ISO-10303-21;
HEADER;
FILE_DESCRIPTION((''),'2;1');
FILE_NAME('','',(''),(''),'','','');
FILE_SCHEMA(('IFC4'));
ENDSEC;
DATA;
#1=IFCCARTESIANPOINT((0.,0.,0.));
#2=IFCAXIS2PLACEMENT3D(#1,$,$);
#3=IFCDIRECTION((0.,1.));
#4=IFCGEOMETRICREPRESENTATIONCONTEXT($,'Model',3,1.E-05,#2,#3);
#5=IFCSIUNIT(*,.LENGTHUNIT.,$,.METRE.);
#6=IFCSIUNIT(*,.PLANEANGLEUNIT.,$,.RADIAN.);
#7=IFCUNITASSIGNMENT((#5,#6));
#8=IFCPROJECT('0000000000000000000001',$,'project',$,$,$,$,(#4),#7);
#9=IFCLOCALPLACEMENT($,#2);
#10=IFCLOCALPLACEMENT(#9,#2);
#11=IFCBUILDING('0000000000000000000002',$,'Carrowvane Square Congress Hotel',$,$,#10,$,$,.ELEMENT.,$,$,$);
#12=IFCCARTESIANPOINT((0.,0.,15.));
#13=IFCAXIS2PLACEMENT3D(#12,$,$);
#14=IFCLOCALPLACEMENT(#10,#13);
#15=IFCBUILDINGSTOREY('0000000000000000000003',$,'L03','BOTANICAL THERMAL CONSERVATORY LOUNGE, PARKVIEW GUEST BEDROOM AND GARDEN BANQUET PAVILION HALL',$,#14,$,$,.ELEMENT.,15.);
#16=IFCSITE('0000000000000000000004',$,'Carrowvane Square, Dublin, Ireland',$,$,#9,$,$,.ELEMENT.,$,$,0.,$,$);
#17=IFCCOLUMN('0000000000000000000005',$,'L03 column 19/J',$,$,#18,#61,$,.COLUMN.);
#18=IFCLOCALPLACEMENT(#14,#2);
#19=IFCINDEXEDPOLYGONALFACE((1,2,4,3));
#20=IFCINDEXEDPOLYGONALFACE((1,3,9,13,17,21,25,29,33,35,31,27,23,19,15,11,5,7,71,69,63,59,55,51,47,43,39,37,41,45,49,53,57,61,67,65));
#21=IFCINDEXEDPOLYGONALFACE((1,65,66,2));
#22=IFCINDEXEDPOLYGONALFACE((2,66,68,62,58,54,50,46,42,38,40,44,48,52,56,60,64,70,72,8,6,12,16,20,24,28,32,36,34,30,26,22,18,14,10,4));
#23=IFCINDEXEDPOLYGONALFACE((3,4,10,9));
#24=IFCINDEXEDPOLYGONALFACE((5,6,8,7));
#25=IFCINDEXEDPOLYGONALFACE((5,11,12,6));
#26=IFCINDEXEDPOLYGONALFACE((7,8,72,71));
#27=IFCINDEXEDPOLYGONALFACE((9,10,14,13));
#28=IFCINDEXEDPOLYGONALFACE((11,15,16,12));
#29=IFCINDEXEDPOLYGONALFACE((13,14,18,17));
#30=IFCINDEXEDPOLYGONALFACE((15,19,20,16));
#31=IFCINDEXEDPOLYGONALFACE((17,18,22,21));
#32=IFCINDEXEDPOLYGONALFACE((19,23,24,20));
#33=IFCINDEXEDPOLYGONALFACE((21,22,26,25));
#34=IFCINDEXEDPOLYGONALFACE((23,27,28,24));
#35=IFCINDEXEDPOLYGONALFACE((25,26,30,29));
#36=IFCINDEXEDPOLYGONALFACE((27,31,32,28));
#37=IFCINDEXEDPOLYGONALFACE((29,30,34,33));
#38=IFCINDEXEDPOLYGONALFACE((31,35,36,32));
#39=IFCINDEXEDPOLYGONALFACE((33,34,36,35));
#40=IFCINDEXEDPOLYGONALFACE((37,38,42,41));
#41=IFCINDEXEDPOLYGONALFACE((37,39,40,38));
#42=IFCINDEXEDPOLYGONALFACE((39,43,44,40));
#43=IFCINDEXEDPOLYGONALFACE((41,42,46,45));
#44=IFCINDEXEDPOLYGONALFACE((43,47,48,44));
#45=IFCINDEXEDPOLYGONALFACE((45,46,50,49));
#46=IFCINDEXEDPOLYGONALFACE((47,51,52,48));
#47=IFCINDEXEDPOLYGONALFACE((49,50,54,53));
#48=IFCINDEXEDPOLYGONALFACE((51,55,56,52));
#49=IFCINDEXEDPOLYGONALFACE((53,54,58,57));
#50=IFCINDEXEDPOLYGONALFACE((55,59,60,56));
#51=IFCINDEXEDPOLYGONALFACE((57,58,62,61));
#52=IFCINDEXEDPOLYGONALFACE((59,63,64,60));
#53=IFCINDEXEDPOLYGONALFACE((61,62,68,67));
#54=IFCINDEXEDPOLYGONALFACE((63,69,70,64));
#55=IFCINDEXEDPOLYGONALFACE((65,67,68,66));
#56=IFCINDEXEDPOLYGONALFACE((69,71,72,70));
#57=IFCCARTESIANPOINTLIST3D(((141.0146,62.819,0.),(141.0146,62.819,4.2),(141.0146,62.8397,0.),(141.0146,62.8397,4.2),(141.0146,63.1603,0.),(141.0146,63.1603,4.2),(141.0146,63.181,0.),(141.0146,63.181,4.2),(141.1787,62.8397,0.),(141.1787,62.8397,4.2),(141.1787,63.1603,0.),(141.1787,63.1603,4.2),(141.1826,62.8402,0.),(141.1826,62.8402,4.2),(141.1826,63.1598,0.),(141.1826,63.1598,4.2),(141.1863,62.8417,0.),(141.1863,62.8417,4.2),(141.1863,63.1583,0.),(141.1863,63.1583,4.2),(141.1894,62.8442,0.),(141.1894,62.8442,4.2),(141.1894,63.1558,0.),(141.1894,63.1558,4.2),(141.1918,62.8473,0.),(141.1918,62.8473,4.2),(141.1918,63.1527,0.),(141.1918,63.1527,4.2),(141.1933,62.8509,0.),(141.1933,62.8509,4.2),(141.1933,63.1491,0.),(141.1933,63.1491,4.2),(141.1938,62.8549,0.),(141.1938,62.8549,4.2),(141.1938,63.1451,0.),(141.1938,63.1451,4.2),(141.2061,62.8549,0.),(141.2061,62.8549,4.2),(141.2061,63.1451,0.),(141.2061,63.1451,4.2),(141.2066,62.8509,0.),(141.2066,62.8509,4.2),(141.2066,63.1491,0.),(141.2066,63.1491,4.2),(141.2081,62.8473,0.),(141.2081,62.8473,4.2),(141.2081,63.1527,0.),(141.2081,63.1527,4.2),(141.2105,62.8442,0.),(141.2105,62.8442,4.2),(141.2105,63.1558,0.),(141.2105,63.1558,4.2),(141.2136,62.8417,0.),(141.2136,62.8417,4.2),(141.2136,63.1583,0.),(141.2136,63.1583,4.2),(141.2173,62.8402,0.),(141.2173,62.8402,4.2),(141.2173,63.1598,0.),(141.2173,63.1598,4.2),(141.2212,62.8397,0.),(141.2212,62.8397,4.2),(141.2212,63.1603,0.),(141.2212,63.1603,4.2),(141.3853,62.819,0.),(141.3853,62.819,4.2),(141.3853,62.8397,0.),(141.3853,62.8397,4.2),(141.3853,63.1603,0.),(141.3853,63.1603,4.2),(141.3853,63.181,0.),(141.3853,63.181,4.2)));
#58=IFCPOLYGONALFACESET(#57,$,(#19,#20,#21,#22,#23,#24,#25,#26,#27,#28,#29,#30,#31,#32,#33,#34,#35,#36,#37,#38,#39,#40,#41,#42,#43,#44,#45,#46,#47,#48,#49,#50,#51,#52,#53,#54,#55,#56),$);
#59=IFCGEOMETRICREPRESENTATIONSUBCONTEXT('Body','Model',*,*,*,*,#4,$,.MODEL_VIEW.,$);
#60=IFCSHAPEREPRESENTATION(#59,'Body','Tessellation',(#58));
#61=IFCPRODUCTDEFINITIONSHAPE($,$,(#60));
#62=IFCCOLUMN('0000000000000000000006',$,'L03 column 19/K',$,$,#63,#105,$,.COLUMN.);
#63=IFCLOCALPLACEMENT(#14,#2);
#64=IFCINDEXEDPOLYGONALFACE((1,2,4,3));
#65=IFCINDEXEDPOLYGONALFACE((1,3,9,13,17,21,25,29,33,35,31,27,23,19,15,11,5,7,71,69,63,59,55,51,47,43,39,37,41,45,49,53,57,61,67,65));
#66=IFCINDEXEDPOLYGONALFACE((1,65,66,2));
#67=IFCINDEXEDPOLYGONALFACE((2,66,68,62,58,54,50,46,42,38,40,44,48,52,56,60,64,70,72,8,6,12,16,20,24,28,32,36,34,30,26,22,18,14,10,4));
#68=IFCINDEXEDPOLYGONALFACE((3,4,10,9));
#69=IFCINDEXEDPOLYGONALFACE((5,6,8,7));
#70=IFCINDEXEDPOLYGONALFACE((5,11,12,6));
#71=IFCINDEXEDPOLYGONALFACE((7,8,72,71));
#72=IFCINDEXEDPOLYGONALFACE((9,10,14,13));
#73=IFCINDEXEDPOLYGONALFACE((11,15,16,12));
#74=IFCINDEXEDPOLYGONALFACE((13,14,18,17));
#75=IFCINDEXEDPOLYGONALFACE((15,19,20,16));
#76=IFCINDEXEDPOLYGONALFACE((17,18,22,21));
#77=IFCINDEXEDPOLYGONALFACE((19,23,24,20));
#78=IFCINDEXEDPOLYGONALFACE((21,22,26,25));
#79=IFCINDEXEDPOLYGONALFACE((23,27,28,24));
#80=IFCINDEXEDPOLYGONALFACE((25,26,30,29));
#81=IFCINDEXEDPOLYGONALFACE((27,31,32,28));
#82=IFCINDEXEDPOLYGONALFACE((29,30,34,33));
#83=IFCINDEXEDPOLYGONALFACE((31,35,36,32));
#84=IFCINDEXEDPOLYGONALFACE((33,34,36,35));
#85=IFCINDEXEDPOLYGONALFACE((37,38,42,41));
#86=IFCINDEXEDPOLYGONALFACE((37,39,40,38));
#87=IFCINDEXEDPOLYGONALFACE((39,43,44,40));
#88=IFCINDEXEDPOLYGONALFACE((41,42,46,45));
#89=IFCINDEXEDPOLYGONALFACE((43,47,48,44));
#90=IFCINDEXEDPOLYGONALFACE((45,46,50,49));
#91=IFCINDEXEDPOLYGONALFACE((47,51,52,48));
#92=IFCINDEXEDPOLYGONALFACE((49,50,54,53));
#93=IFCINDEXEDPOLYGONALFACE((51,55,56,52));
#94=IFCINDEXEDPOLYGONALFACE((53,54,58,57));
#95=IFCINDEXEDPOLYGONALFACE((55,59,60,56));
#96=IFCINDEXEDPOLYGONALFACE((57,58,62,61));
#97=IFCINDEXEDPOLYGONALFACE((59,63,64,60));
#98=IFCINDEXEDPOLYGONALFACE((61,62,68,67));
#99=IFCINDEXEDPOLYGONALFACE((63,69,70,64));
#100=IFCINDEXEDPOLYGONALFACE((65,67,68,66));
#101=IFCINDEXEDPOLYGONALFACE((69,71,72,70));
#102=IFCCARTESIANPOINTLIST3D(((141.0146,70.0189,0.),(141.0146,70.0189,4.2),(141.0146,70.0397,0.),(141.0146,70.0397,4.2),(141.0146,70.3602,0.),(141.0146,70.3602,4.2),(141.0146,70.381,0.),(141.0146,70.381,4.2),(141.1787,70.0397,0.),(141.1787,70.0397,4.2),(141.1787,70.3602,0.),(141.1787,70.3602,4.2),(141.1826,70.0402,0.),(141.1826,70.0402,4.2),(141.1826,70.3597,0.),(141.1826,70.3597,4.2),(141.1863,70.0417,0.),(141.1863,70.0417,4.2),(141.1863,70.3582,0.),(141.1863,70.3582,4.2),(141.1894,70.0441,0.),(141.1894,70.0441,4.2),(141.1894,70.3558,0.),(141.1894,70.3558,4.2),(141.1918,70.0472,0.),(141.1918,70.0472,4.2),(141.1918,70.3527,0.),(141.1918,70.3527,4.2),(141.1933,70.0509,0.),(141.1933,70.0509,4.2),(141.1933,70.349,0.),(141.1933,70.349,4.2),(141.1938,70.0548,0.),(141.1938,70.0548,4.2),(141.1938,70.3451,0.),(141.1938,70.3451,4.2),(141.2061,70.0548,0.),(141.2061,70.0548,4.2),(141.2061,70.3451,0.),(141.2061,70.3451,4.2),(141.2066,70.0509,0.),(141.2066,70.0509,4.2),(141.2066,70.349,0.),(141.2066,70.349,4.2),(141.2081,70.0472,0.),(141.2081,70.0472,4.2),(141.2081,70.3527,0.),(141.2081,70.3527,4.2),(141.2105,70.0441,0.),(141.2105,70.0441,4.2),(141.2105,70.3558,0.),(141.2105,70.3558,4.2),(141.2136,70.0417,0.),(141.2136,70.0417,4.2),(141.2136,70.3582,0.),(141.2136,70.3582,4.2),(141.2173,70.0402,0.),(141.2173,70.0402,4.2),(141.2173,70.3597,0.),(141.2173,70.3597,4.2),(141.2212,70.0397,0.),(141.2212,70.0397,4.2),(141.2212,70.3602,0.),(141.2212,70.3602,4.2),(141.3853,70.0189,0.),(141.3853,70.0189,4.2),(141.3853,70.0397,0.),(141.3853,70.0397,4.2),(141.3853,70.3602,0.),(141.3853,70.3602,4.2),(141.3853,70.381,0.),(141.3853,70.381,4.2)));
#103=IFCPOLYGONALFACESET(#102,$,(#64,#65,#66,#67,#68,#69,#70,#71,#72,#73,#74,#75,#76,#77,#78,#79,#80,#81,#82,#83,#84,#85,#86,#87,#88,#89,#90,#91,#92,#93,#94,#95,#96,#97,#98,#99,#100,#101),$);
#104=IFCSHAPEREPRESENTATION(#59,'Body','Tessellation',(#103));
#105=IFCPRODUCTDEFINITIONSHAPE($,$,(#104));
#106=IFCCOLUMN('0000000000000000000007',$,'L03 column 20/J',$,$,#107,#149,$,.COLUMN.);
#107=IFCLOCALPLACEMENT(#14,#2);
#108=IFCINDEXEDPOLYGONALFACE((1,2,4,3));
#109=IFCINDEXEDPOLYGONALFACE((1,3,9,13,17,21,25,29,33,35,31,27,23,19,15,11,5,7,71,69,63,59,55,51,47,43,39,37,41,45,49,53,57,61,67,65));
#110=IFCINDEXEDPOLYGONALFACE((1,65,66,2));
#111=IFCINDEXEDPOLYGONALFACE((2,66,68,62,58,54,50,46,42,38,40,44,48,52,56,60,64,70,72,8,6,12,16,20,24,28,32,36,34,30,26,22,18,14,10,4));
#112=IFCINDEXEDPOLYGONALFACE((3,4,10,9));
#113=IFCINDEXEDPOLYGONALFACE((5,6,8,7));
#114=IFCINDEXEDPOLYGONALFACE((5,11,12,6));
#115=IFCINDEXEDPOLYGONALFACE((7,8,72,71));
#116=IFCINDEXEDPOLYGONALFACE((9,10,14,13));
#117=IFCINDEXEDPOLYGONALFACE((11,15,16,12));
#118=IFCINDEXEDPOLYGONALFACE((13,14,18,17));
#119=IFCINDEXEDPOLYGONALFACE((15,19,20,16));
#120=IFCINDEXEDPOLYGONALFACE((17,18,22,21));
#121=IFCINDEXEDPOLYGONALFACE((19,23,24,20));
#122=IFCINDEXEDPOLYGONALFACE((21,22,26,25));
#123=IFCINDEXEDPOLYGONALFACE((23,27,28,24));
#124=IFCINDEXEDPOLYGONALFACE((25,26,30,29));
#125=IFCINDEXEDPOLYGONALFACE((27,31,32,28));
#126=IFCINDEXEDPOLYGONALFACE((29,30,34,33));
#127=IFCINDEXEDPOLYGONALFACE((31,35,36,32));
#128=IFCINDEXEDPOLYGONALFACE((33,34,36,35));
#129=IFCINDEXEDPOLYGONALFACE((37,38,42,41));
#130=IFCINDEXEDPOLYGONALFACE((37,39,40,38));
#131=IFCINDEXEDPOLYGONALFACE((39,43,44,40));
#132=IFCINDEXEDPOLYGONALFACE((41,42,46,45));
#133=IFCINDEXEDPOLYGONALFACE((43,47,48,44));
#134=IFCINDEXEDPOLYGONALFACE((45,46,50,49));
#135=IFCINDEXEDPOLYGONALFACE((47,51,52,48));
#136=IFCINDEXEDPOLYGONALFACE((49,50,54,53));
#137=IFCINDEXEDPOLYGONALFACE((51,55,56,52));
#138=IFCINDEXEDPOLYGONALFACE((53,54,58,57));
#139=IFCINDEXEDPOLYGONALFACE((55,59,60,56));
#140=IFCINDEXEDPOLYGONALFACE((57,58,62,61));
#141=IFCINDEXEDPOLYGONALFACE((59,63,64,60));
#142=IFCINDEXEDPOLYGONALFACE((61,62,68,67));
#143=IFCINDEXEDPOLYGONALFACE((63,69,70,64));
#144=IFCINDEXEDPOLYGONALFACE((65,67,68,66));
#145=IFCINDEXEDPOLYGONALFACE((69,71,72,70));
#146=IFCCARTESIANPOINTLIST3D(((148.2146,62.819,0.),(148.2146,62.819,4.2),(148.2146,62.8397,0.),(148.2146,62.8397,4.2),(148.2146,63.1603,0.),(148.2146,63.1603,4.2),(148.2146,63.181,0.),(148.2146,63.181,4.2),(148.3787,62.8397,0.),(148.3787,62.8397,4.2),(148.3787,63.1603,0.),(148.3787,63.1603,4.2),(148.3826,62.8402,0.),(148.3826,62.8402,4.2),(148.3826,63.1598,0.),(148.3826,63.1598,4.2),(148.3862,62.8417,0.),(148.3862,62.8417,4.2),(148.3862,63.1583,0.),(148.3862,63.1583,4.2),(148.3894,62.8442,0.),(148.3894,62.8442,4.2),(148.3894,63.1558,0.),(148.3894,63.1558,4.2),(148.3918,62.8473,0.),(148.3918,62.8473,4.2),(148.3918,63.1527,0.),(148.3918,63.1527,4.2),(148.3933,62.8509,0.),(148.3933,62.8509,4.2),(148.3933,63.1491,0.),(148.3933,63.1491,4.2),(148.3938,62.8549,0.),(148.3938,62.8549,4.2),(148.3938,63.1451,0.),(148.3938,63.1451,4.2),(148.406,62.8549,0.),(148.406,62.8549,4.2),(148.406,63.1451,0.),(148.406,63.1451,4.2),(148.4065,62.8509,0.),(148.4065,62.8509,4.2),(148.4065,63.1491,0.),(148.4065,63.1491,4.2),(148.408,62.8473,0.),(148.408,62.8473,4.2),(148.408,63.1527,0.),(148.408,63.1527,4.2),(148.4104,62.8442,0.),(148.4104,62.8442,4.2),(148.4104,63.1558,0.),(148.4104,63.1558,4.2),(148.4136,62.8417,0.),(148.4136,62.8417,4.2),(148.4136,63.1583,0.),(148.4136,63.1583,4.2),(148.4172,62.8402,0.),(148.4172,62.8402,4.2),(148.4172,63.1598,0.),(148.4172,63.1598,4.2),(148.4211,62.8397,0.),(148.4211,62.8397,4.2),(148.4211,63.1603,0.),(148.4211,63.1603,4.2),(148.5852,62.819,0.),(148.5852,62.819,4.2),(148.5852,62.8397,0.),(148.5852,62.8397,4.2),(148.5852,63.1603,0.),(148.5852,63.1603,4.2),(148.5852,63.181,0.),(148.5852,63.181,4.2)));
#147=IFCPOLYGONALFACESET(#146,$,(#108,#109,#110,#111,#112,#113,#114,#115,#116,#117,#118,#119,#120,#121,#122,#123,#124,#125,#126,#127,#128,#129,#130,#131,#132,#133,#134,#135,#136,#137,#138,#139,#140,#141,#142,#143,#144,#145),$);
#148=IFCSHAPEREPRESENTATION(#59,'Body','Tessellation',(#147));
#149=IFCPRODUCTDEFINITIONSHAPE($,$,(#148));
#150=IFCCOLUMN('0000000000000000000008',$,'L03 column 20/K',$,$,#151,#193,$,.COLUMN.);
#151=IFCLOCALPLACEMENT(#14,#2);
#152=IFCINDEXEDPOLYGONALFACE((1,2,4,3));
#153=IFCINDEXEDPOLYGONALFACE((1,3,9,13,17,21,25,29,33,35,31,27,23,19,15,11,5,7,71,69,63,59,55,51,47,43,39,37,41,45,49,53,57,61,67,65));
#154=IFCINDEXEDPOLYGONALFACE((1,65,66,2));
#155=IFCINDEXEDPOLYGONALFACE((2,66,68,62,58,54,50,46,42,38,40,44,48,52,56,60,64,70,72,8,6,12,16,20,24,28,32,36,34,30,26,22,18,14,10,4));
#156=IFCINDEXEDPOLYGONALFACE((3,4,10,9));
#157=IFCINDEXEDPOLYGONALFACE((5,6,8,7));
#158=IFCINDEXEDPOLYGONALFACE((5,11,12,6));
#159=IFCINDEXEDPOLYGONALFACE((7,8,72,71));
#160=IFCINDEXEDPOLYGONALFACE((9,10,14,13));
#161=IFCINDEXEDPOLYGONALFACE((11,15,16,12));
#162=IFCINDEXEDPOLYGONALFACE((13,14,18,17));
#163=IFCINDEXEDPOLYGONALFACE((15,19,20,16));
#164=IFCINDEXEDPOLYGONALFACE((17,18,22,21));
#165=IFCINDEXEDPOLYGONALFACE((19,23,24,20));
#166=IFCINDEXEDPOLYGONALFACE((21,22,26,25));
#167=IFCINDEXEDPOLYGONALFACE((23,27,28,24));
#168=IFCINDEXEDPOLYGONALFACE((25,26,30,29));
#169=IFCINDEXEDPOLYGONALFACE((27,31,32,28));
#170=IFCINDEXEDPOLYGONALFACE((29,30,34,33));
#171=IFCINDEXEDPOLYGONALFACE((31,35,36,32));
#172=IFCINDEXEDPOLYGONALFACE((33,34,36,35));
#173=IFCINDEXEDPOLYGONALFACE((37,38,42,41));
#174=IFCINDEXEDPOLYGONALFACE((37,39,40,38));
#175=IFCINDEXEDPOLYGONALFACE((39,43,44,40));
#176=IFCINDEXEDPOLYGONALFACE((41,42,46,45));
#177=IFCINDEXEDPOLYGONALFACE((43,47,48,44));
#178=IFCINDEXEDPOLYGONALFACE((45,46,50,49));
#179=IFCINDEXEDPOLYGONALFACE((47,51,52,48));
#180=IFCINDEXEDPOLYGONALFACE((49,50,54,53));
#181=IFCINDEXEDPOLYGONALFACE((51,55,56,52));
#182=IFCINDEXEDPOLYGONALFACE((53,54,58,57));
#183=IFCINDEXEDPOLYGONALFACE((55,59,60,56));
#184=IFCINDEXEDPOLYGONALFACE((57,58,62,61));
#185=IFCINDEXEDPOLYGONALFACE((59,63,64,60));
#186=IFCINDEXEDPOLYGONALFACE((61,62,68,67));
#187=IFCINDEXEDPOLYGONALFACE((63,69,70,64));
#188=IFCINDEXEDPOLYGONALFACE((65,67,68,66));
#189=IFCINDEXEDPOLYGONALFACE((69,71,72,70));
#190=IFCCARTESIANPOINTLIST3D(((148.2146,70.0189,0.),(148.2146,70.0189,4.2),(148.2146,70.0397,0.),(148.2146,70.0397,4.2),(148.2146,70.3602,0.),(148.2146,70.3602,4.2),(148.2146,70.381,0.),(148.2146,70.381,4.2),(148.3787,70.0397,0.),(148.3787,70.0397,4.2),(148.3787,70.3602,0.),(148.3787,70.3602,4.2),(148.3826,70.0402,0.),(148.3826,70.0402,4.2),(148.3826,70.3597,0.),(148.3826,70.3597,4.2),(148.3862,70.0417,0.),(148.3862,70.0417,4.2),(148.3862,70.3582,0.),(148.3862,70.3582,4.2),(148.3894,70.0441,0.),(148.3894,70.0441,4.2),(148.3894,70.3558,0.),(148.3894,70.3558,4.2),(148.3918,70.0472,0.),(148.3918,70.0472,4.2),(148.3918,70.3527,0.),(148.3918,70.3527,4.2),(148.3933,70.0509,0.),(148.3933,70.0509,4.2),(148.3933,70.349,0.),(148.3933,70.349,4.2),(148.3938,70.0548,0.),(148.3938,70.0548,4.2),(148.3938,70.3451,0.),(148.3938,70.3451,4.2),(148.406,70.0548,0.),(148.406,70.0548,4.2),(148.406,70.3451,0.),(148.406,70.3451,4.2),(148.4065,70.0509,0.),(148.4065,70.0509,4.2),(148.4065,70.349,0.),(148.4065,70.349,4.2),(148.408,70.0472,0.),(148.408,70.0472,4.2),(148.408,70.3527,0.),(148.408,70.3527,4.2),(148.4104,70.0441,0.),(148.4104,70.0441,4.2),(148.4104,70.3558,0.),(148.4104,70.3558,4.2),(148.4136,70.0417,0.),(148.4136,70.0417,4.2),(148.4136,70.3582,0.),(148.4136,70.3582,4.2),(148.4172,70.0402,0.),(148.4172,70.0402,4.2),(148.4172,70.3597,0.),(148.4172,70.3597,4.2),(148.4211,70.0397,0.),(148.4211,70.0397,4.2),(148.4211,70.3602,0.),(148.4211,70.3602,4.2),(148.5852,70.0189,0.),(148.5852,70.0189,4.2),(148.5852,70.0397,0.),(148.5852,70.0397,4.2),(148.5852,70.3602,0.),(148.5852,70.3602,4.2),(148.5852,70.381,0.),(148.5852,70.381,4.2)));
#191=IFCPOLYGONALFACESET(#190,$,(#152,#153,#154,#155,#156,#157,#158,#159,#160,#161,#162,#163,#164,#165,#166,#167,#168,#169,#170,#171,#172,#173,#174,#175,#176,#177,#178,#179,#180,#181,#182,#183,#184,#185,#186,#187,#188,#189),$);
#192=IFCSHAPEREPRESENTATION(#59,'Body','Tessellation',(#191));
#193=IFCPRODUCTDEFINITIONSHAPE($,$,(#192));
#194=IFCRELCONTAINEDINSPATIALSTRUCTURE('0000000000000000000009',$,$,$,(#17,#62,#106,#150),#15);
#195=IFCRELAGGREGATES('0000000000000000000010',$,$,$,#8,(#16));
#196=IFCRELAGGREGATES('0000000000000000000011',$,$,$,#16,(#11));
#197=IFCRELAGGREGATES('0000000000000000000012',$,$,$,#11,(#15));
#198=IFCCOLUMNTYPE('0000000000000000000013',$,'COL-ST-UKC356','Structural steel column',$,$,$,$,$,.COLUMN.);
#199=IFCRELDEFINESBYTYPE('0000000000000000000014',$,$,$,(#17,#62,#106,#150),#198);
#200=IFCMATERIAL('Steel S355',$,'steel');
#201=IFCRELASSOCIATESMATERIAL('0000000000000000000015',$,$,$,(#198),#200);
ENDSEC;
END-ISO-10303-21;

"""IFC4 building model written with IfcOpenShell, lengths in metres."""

from ifc_helpers import new_model, si_unit, direction, frame, origin, origin_2d, place, context, subcontext, project, spatial, i_section, extrude, material, material_profile, profile_set, type_object, element, save


model = new_model("IFC4")

# Units and contexts
model_context = context("Model", 3, precision=1e-05, world=origin(), true_north=direction((0.0, 1.0)))
body_context = subcontext(model_context, "Body", "Model", "MODEL_VIEW")
ifc_project = project(units=[si_unit("LENGTHUNIT", "METRE"), si_unit("PLANEANGLEUNIT", "RADIAN")], contexts=[model_context])

# Site, building, storey
site_placement = place(None, origin())
site = spatial("IfcSite", under=ifc_project, at=site_placement, Name="Carrowvane Square, Dublin, Ireland", CompositionType="ELEMENT", RefElevation=0.0)
building_placement = place(site_placement, origin())
building = spatial("IfcBuilding", under=site, at=building_placement, Name="Carrowvane Square Congress Hotel", CompositionType="ELEMENT")
storey_placement = place(building_placement, frame((0.0, 0.0, 15.0)))
storey = spatial("IfcBuildingStorey", under=building, at=storey_placement, Name="L03", Description="BOTANICAL THERMAL CONSERVATORY LOUNGE, PARKVIEW GUEST BEDROOM AND GARDEN BANQUET PAVILION HALL", CompositionType="ELEMENT", Elevation=15.0)

# Columns
ifc_material_1 = material(Name="Steel S355", Category="steel")
ifc_material_profile_1 = material_profile(ifc_material_1, i_section(OverallWidth=0.3706, OverallDepth=0.3621, WebThickness=0.0122, FlangeThickness=0.0208, FilletRadius=0.0151, at=origin_2d()), Name="UKC 356x368x153")
ifc_profile_set_1 = profile_set([ifc_material_profile_1], Name="Steel S355")
column_type = type_object("IfcColumnType", Name="COL-ST-UKC356", Description="Structural steel column", PredefinedType="COLUMN", material=ifc_profile_set_1)
for number, where, z_axis, x_axis, name in (
    (1, (141.2, 63.0, 0.0), (0.0, 0.0, 1.0), (1.0, 0.0, 0.0), "L03 column 19/J"),
    (2, (141.2, 70.2, 0.0), (0.0, 0.0, 1.0), (1.0, 0.0, 0.0), "L03 column 19/K"),
    (3, (148.3999, 63.0, 0.0), (0.0, 0.0, 1.0), (1.0, 0.0, 0.0), "L03 column 20/J"),
    (4, (148.3999, 70.2, 0.0), (0.0, 0.0, 1.0), (1.0, 0.0, 0.0), "L03 column 20/K"),
):
    element("IfcColumn", number, at=place(storey_placement, frame(where, z_axis=z_axis, x_axis=x_axis)), inside=storey, type_object=column_type, Name=name, PredefinedType="COLUMN", context=body_context, shape_type="SweptSolid", body=[
        extrude(i_section(OverallWidth=0.3706, OverallDepth=0.3621, WebThickness=0.0122, FlangeThickness=0.0208, FilletRadius=0.0151, at=origin_2d()), origin(), (0.0, 0.0, 1.0), 4.2),
    ])

save(model, "model.ifc")
